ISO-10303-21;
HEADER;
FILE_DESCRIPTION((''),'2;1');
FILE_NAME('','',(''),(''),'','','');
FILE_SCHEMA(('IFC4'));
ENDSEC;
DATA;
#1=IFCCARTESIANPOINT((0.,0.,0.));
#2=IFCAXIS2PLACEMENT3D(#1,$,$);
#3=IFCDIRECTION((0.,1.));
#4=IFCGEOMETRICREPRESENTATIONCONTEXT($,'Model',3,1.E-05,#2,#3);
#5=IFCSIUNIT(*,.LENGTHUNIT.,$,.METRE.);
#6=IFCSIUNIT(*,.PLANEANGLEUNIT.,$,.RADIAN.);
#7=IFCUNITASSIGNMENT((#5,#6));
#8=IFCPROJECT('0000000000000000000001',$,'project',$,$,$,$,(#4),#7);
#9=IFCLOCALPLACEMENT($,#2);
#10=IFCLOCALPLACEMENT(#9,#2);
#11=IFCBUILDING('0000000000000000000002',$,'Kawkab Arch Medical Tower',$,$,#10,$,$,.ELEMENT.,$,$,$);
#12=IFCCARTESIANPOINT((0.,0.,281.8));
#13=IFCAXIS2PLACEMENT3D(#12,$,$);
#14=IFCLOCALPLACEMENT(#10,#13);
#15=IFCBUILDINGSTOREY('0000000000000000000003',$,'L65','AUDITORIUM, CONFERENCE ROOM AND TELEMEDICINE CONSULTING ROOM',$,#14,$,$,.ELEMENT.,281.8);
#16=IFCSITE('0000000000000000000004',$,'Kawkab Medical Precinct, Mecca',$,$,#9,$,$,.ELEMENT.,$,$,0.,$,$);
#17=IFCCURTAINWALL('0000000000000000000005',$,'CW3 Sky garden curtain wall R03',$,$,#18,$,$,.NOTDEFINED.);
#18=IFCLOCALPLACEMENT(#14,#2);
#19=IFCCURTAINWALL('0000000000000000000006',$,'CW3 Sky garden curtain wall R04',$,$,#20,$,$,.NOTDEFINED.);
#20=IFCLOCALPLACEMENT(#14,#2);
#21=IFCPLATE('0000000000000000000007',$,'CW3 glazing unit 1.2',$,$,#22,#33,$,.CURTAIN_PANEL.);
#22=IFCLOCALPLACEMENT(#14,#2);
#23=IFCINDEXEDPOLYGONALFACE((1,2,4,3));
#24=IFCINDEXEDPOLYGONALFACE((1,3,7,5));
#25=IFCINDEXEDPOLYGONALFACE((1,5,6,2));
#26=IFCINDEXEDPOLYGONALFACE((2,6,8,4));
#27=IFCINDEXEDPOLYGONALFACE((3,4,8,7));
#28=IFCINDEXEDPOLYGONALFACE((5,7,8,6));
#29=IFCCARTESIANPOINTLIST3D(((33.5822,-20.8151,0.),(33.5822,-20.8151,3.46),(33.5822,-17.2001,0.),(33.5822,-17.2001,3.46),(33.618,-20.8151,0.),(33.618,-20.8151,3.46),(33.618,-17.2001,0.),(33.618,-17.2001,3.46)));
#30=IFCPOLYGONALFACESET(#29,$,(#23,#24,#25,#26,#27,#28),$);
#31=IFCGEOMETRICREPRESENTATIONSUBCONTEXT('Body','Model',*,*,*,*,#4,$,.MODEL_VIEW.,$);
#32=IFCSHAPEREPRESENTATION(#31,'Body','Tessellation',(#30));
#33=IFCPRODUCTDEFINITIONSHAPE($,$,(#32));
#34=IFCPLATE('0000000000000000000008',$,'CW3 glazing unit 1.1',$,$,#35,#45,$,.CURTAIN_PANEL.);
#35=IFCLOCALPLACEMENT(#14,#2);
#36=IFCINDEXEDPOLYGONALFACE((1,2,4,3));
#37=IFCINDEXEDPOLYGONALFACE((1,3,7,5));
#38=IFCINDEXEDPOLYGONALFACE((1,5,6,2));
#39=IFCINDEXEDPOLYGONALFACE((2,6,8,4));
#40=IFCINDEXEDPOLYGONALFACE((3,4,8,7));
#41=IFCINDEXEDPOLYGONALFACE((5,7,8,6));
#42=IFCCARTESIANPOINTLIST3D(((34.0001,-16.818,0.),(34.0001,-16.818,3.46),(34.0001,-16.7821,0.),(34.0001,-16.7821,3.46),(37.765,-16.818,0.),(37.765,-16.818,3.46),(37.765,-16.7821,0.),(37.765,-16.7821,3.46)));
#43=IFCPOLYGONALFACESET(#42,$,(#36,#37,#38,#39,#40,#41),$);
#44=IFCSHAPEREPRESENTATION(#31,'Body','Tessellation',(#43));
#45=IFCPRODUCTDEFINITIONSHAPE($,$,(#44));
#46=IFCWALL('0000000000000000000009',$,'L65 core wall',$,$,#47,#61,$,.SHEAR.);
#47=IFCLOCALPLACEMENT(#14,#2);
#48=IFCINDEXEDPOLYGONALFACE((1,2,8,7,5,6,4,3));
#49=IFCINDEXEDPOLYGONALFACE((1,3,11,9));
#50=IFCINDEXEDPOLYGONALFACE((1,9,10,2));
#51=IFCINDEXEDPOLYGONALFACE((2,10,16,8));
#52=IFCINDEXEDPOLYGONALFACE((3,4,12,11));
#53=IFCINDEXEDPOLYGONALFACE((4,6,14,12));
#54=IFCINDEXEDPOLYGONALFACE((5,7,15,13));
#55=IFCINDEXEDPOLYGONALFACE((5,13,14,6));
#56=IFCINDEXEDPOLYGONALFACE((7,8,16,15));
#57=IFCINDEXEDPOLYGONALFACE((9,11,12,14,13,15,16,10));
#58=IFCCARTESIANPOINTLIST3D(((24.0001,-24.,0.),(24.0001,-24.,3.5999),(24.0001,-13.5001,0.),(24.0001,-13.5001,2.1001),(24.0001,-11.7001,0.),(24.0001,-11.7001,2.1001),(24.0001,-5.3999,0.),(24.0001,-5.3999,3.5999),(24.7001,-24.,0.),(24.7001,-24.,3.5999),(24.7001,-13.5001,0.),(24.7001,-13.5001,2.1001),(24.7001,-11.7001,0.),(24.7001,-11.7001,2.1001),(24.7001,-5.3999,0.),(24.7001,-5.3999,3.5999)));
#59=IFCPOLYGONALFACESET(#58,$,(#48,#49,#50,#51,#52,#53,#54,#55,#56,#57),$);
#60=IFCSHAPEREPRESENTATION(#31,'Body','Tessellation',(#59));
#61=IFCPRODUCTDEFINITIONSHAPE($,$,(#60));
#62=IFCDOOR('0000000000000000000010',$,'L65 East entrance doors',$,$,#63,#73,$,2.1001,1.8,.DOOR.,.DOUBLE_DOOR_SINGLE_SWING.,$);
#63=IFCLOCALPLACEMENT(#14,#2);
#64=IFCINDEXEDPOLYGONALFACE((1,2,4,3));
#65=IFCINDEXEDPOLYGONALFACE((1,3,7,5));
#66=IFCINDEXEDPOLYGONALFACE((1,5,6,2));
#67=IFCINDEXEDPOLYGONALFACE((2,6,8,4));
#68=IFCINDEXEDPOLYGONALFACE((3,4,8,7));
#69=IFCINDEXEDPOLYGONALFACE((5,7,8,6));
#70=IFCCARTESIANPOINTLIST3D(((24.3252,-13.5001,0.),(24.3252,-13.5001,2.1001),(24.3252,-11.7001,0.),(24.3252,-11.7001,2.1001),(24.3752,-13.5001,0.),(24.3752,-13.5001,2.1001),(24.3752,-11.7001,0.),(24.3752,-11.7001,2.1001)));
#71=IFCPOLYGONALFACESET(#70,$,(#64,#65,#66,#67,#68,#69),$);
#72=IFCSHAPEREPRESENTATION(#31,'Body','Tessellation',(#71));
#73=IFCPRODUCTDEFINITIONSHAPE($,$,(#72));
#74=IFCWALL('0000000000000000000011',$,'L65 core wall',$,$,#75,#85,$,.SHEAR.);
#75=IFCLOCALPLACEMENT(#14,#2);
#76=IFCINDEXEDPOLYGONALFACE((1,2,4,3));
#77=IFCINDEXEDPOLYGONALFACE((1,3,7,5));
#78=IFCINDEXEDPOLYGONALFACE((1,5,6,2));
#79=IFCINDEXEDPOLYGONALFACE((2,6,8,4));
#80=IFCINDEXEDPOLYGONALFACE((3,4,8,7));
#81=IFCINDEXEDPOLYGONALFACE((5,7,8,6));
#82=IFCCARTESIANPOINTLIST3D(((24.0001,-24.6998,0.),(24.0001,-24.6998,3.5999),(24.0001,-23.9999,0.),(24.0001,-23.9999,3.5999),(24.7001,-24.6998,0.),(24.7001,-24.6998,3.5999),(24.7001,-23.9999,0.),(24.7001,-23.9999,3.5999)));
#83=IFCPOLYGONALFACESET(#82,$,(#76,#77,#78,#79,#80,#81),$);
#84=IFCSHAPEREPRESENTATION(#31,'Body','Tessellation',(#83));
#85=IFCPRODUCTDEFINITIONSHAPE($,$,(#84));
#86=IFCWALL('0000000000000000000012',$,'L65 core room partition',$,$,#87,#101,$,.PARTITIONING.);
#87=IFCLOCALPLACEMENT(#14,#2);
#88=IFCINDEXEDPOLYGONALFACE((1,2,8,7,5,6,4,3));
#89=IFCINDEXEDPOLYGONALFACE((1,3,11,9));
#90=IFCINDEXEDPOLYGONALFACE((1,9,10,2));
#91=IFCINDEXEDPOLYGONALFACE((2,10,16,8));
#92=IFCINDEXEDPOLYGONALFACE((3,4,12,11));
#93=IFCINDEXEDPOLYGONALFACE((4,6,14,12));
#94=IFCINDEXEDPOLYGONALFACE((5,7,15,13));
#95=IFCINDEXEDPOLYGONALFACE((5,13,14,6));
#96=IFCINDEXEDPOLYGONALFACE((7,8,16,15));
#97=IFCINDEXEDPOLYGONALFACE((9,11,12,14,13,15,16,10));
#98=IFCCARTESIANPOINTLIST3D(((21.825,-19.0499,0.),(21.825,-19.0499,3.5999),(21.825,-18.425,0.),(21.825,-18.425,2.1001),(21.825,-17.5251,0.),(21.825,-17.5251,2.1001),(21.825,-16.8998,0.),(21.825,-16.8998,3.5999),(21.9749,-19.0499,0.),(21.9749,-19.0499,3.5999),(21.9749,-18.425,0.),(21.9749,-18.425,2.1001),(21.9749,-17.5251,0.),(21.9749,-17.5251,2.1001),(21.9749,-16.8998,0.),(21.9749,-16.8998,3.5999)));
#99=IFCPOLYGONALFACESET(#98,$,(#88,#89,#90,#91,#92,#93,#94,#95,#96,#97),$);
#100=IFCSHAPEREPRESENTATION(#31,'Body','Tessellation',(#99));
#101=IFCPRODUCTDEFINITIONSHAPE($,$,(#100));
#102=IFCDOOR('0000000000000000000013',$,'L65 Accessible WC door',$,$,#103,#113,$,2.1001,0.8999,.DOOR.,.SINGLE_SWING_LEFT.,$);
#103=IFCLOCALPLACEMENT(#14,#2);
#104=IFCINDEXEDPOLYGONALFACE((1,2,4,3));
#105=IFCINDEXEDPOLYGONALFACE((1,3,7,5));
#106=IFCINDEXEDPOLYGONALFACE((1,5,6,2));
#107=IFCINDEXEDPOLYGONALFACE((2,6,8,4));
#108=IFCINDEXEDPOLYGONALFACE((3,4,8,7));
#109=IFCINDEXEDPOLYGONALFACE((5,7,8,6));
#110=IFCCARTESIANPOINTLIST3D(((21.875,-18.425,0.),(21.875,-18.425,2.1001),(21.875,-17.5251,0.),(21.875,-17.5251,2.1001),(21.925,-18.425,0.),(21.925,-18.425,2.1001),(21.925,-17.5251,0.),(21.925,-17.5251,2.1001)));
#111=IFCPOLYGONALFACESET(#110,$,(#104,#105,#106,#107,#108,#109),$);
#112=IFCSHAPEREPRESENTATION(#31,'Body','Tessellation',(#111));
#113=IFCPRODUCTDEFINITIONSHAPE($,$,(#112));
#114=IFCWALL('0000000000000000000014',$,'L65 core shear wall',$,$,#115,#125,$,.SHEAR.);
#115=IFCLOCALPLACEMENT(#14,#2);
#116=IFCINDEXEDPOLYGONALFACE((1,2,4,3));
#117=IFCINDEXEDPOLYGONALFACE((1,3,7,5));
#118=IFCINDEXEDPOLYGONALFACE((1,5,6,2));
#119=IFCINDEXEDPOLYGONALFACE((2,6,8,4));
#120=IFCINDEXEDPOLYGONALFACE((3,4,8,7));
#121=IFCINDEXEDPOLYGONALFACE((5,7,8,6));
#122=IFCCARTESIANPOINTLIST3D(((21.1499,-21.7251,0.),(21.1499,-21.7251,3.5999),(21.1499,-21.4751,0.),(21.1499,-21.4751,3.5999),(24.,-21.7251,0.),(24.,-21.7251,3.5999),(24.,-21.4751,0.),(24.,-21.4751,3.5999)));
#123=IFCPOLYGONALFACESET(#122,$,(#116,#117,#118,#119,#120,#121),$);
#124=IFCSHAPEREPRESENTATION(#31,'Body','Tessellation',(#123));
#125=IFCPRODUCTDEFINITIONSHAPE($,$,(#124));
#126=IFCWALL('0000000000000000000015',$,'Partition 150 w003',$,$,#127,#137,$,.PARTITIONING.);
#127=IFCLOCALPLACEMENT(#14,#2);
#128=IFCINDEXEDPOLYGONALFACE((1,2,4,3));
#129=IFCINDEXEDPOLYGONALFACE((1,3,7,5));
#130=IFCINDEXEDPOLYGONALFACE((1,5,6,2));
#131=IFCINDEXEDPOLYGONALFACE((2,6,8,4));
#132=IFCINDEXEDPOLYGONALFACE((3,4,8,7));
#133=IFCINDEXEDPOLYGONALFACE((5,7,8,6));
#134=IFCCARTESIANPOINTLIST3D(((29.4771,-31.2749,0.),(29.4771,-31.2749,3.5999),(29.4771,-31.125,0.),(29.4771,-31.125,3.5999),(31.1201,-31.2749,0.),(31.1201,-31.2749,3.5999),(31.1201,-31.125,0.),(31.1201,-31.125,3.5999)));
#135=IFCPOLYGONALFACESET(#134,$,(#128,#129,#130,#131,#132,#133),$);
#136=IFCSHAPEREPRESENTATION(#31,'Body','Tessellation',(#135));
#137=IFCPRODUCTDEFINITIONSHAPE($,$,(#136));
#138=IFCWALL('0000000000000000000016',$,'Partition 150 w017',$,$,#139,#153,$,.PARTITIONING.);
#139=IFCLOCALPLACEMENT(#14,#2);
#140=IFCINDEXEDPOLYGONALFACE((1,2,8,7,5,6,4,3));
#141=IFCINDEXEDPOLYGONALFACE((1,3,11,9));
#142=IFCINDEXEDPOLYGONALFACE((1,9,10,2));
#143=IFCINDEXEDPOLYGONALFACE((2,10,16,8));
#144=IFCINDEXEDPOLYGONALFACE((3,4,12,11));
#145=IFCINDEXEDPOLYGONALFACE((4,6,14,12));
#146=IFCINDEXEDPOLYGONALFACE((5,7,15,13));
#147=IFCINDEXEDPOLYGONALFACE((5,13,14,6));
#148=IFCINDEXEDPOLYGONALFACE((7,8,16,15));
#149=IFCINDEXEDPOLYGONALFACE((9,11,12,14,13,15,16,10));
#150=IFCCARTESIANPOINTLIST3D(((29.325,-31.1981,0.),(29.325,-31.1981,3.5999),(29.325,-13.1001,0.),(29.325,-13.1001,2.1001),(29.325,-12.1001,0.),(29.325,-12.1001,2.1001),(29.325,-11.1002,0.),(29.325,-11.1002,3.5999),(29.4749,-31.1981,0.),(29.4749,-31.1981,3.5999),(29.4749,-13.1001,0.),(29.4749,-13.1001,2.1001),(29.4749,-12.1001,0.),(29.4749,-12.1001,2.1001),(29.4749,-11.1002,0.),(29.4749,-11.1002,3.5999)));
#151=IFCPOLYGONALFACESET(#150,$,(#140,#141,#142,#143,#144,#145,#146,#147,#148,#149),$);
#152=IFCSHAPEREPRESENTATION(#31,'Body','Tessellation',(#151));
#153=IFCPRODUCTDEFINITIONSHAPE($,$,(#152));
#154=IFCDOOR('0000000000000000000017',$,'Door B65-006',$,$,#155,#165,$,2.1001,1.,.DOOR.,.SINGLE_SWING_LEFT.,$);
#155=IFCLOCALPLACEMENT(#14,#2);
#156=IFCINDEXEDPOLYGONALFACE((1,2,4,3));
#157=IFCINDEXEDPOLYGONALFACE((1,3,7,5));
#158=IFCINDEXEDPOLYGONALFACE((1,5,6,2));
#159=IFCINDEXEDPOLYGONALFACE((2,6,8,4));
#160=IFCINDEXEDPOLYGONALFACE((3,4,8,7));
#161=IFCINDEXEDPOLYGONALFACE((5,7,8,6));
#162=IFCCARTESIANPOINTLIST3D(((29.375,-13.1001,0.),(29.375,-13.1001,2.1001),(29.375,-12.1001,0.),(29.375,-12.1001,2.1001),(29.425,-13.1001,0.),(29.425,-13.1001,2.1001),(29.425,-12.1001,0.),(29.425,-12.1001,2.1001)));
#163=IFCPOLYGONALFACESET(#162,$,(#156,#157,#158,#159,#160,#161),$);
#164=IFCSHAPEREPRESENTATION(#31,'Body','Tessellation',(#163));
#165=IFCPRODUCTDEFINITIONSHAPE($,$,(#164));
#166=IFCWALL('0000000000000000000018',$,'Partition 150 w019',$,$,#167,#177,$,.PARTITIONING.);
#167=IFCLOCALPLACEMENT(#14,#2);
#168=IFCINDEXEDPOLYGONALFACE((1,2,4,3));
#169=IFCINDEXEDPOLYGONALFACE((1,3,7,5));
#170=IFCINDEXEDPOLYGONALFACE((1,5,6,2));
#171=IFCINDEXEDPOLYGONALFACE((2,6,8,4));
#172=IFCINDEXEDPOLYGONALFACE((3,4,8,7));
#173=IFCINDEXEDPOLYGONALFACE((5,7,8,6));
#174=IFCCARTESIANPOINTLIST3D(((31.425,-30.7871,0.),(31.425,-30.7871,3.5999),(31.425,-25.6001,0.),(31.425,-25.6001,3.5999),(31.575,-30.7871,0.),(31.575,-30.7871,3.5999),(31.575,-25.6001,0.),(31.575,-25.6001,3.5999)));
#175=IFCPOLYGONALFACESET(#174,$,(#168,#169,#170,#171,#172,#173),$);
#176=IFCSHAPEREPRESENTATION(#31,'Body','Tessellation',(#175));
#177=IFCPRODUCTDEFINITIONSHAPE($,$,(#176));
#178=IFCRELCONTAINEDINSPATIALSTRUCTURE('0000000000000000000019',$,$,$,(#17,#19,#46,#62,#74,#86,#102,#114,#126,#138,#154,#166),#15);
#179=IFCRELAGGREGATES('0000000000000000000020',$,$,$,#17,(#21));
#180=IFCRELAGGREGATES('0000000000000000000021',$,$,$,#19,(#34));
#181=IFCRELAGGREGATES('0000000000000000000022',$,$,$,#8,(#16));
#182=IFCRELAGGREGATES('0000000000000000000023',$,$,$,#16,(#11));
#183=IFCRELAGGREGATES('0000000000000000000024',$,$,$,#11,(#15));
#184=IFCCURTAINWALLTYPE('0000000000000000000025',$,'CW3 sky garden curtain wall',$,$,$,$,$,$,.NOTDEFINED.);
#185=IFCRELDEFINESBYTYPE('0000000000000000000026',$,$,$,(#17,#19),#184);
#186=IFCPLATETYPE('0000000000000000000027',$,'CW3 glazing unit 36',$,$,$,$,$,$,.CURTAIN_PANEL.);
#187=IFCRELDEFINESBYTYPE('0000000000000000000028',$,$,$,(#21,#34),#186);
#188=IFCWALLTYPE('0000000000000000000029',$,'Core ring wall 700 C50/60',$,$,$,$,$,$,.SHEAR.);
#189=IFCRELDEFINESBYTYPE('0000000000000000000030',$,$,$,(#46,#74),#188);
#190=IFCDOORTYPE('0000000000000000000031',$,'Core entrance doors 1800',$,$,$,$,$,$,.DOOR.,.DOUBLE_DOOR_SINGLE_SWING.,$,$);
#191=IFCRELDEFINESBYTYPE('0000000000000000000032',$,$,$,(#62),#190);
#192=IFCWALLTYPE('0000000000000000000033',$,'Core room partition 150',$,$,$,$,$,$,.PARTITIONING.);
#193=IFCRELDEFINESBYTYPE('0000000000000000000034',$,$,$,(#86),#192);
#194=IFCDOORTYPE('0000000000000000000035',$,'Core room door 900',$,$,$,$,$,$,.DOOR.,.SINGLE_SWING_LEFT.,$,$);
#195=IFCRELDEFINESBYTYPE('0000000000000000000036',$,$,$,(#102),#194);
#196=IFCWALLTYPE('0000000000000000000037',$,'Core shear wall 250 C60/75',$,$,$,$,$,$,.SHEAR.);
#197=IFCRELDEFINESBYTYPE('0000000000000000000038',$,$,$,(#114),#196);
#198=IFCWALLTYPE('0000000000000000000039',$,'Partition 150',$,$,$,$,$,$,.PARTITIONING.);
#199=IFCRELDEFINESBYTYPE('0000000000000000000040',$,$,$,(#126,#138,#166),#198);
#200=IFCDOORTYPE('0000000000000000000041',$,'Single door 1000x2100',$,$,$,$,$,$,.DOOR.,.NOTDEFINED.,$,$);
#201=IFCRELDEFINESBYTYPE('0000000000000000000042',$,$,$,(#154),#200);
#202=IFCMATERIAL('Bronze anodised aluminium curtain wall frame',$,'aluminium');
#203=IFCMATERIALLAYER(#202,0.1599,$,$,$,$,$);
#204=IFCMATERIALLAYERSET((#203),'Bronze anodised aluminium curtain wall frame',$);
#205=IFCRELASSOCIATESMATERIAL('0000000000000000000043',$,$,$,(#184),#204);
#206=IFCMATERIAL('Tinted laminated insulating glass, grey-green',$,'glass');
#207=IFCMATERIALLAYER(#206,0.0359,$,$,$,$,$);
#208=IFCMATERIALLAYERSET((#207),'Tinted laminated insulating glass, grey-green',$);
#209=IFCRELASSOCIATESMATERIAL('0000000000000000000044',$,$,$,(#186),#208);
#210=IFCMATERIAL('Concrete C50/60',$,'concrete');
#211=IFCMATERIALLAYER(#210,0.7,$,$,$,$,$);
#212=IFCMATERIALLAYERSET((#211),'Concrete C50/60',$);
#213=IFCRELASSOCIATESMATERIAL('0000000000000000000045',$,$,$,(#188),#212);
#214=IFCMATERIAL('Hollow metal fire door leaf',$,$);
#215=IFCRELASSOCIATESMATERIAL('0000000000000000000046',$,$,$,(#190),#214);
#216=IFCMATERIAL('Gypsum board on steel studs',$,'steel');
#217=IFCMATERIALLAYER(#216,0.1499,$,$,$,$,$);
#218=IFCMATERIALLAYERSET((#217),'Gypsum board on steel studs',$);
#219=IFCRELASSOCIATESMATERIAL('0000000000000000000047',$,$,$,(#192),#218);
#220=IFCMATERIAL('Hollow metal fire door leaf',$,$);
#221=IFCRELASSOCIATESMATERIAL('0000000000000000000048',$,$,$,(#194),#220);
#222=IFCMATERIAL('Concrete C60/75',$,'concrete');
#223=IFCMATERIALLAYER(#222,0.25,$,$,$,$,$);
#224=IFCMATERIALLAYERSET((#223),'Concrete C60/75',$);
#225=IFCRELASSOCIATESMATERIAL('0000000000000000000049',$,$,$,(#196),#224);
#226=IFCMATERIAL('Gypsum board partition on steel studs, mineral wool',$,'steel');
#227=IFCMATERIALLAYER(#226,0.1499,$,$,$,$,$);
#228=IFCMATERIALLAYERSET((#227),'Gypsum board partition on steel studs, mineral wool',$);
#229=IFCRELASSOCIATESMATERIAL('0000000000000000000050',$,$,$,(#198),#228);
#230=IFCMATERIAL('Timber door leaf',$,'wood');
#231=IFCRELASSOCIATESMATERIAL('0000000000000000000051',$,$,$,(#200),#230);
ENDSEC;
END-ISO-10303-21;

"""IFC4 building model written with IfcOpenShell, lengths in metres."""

from ifc_helpers import new_model, si_unit, direction, frame, frame_2d, origin, origin_2d, place, context, subcontext, project, spatial, rectangle, extrude, material, layer, layer_set, type_object, element, fill, aggregate, save


model = new_model("IFC4")

# Units and contexts
model_context = context("Model", 3, precision=1e-05, world=origin(), true_north=direction((0.0, 1.0)))
body_context = subcontext(model_context, "Body", "Model", "MODEL_VIEW")
ifc_project = project(units=[si_unit("LENGTHUNIT", "METRE"), si_unit("PLANEANGLEUNIT", "RADIAN")], contexts=[model_context])

# Site, building, storey
site_placement = place(None, origin())
site = spatial("IfcSite", under=ifc_project, at=site_placement, Name="Kawkab Medical Precinct, Mecca", CompositionType="ELEMENT", RefElevation=0.0)
building_placement = place(site_placement, origin())
building = spatial("IfcBuilding", under=site, at=building_placement, Name="Kawkab Arch Medical Tower", CompositionType="ELEMENT")
storey_placement = place(building_placement, frame((0.0, 0.0, 281.8)))
storey = spatial("IfcBuildingStorey", under=building, at=storey_placement, Name="L65", Description="AUDITORIUM, CONFERENCE ROOM AND TELEMEDICINE CONSULTING ROOM", CompositionType="ELEMENT", Elevation=281.8)

# Curtain wall
placement = place(storey_placement, origin())
ifc_material_1 = material(Name="Bronze anodised aluminium curtain wall frame", Category="aluminium")
ifc_layer_1 = layer(ifc_material_1, 0.1599)
ifc_layer_set_1 = layer_set([ifc_layer_1], Name="Bronze anodised aluminium curtain wall frame")
curtain_wall_type_1 = type_object("IfcCurtainWallType", Name="CW3 sky garden curtain wall", PredefinedType="NOTDEFINED", material=ifc_layer_set_1)
curtain_wall_1 = element("IfcCurtainWall", 1, at=placement, inside=storey, type_object=curtain_wall_type_1, Name="CW3 Sky garden curtain wall R03", PredefinedType="NOTDEFINED")

# Curtain wall
curtain_wall_2 = element("IfcCurtainWall", 2, at=placement, inside=storey, type_object=curtain_wall_type_1, Name="CW3 Sky garden curtain wall R04", PredefinedType="NOTDEFINED")

# Shared definitions
ifc_material_2 = material(Name="Tinted laminated insulating glass, grey-green", Category="glass")
ifc_layer_2 = layer(ifc_material_2, 0.0359)
ifc_layer_set_2 = layer_set([ifc_layer_2], Name="Tinted laminated insulating glass, grey-green")
plate_type_1 = type_object("IfcPlateType", Name="CW3 glazing unit 36", PredefinedType="CURTAIN_PANEL", material=ifc_layer_set_2)

# Plates
plate_1_placement = place(storey_placement, frame((33.6001, -19.0076, 0.0), z_axis=(0.0, 0.0, 1.0), x_axis=(0.0, 1.0, 0.0)))
plate_1 = element("IfcPlate", 3, at=plate_1_placement, type_object=plate_type_1, Name="CW3 glazing unit 1.2", PredefinedType="CURTAIN_PANEL", context=body_context, shape_type="SweptSolid", body=[
    extrude(rectangle(XDim=3.615, YDim=0.0359, at=origin_2d()), origin(), (0.0, 0.0, 1.0), 3.46),
])
aggregate(curtain_wall_1, [plate_1])
plate_2_placement = place(storey_placement, frame((35.8826, -16.8, 0.0), z_axis=(0.0, 0.0, 1.0), x_axis=(1.0, 0.0, 0.0)))
plate_2 = element("IfcPlate", 4, at=plate_2_placement, type_object=plate_type_1, Name="CW3 glazing unit 1.1", PredefinedType="CURTAIN_PANEL", context=body_context, shape_type="SweptSolid", body=[
    extrude(rectangle(XDim=3.7649, YDim=0.0359, at=origin_2d()), origin(), (0.0, 0.0, 1.0), 3.46),
])
aggregate(curtain_wall_2, [plate_2])

# Wall, opening, door
ifc_material_3 = material(Name="Concrete C50/60", Category="concrete")
ifc_layer_3 = layer(ifc_material_3, 0.7)
ifc_layer_set_3 = layer_set([ifc_layer_3], Name="Concrete C50/60")
wall_type_1 = type_object("IfcWallType", Name="Core ring wall 700 C50/60", PredefinedType="SHEAR", material=ifc_layer_set_3)
wall_1_placement = place(storey_placement, frame((24.3501, -24.0, 0.0), z_axis=(0.0, 0.0, 1.0), x_axis=(0.0, 1.0, 0.0)))
wall_1 = element("IfcWall", 5, at=wall_1_placement, inside=storey, type_object=wall_type_1, Name="L65 core wall", PredefinedType="SHEAR", context=body_context, shape_type="SweptSolid", body=[
    extrude(rectangle(XDim=18.6001, YDim=0.7, at=frame_2d((9.3, 0.0))), origin(), (0.0, 0.0, 1.0), 3.5999),
])
opening_1_placement = place(wall_1_placement, frame((10.5, 0.0, 0.0)))
opening_1 = element("IfcOpeningElement", 6, at=opening_1_placement, cuts=wall_1, PredefinedType="OPENING", context=body_context, shape_type="SweptSolid", body=[
    extrude(rectangle(XDim=1.8, YDim=2.1001, at=frame_2d((0.8999, 1.05))), frame((0.0, 0.3599, 0.0), z_axis=(0.0, -1.0, 0.0), x_axis=(1.0, 0.0, 0.0)), (0.0, 0.0, 1.0), 0.72),
])
ifc_material_4 = material(Name="Hollow metal fire door leaf")
door_type_1 = type_object("IfcDoorType", Name="Core entrance doors 1800", OperationType="DOUBLE_DOOR_SINGLE_SWING", PredefinedType="DOOR", material=ifc_material_4)
door_1_placement = place(opening_1_placement, origin())
door_1 = element("IfcDoor", 7, at=door_1_placement, inside=storey, type_object=door_type_1, Name="L65 East entrance doors", OperationType="DOUBLE_DOOR_SINGLE_SWING", OverallHeight=2.1001, OverallWidth=1.8, PredefinedType="DOOR", context=body_context, shape_type="SweptSolid", body=[
    extrude(rectangle(XDim=1.8, YDim=2.1001, at=frame_2d((0.8999, 1.05))), frame((0.0, 0.0249, 0.0), z_axis=(0.0, -1.0, 0.0), x_axis=(1.0, 0.0, 0.0)), (0.0, 0.0, 1.0), 0.05),
])
fill(opening_1, door_1)

# Wall
wall_2_placement = place(storey_placement, frame((24.3501, -24.7, 0.0), z_axis=(0.0, 0.0, 1.0), x_axis=(0.0, 1.0, 0.0)))
element("IfcWall", 8, at=wall_2_placement, inside=storey, type_object=wall_type_1, Name="L65 core wall", PredefinedType="SHEAR", context=body_context, shape_type="SweptSolid", body=[
    extrude(rectangle(XDim=0.7, YDim=0.7, at=frame_2d((0.3501, 0.0))), origin(), (0.0, 0.0, 1.0), 3.5999),
])

# Wall, opening, door
ifc_material_5 = material(Name="Gypsum board on steel studs", Category="steel")
ifc_layer_4 = layer(ifc_material_5, 0.1499)
ifc_layer_set_4 = layer_set([ifc_layer_4], Name="Gypsum board on steel studs")
wall_type_2 = type_object("IfcWallType", Name="Core room partition 150", PredefinedType="PARTITIONING", material=ifc_layer_set_4)
wall_3_placement = place(storey_placement, frame((21.8999, -19.05, 0.0), z_axis=(0.0, 0.0, 1.0), x_axis=(0.0, 1.0, 0.0)))
wall_3 = element("IfcWall", 9, at=wall_3_placement, inside=storey, type_object=wall_type_2, Name="L65 core room partition", PredefinedType="PARTITIONING", context=body_context, shape_type="SweptSolid", body=[
    extrude(rectangle(XDim=2.1501, YDim=0.1499, at=frame_2d((1.0752, 0.0))), origin(), (0.0, 0.0, 1.0), 3.5999),
])
opening_2_placement = place(wall_3_placement, frame((0.625, 0.0, 0.0)))
opening_2 = element("IfcOpeningElement", 10, at=opening_2_placement, cuts=wall_3, PredefinedType="OPENING", context=body_context, shape_type="SweptSolid", body=[
    extrude(rectangle(XDim=0.8999, YDim=2.1001, at=frame_2d((0.45, 1.05))), frame((0.0, 0.085, 0.0), z_axis=(0.0, -1.0, 0.0), x_axis=(1.0, 0.0, 0.0)), (0.0, 0.0, 1.0), 0.1699),
])
ifc_material_6 = material(Name="Hollow metal fire door leaf")
door_type_2 = type_object("IfcDoorType", Name="Core room door 900", OperationType="SINGLE_SWING_LEFT", PredefinedType="DOOR", material=ifc_material_6)
door_2_placement = place(opening_2_placement, origin())
door_2 = element("IfcDoor", 11, at=door_2_placement, inside=storey, type_object=door_type_2, Name="L65 Accessible WC door", OperationType="SINGLE_SWING_LEFT", OverallHeight=2.1001, OverallWidth=0.8999, PredefinedType="DOOR", context=body_context, shape_type="SweptSolid", body=[
    extrude(rectangle(XDim=0.8999, YDim=2.1001, at=frame_2d((0.45, 1.05))), frame((0.0, 0.0249, 0.0), z_axis=(0.0, -1.0, 0.0), x_axis=(1.0, 0.0, 0.0)), (0.0, 0.0, 1.0), 0.05),
])
fill(opening_2, door_2)

# Walls
ifc_material_7 = material(Name="Concrete C60/75", Category="concrete")
ifc_layer_5 = layer(ifc_material_7, 0.25)
ifc_layer_set_5 = layer_set([ifc_layer_5], Name="Concrete C60/75")
wall_type_3 = type_object("IfcWallType", Name="Core shear wall 250 C60/75", PredefinedType="SHEAR", material=ifc_layer_set_5)
wall_4_placement = place(storey_placement, frame((21.1499, -21.6001, 0.0), z_axis=(0.0, 0.0, 1.0), x_axis=(1.0, 0.0, 0.0)))
element("IfcWall", 12, at=wall_4_placement, inside=storey, type_object=wall_type_3, Name="L65 core shear wall", PredefinedType="SHEAR", context=body_context, shape_type="SweptSolid", body=[
    extrude(rectangle(XDim=2.8501, YDim=0.25, at=frame_2d((1.425, 0.0))), origin(), (0.0, 0.0, 1.0), 3.5999),
])
ifc_material_8 = material(Name="Gypsum board partition on steel studs, mineral wool", Category="steel")
ifc_layer_6 = layer(ifc_material_8, 0.1499)
ifc_layer_set_6 = layer_set([ifc_layer_6], Name="Gypsum board partition on steel studs, mineral wool")
wall_type_4 = type_object("IfcWallType", Name="Partition 150", PredefinedType="PARTITIONING", material=ifc_layer_set_6)
wall_5_placement = place(storey_placement, frame((29.4771, -31.2, 0.0), z_axis=(0.0, 0.0, 1.0), x_axis=(1.0, 0.0, 0.0)))
element("IfcWall", 13, at=wall_5_placement, inside=storey, type_object=wall_type_4, Name="Partition 150 w003", PredefinedType="PARTITIONING", context=body_context, shape_type="SweptSolid", body=[
    extrude(rectangle(XDim=1.6431, YDim=0.1499, at=frame_2d((0.8215, 0.0))), origin(), (0.0, 0.0, 1.0), 3.5999),
])

# Wall, opening, door
wall_6_placement = place(storey_placement, frame((29.3999, -31.198, 0.0), z_axis=(0.0, 0.0, 1.0), x_axis=(0.0, 1.0, 0.0)))
wall_6 = element("IfcWall", 14, at=wall_6_placement, inside=storey, type_object=wall_type_4, Name="Partition 150 w017", PredefinedType="PARTITIONING", context=body_context, shape_type="SweptSolid", body=[
    extrude(rectangle(XDim=20.0979, YDim=0.1499, at=frame_2d((10.0488, 0.0))), origin(), (0.0, 0.0, 1.0), 3.5999),
])
opening_3_placement = place(wall_6_placement, frame((18.0979, 0.0, 0.0)))
opening_3 = element("IfcOpeningElement", 15, at=opening_3_placement, cuts=wall_6, PredefinedType="OPENING", context=body_context, shape_type="SweptSolid", body=[
    extrude(rectangle(XDim=1.0, YDim=2.1001, at=frame_2d((0.5, 1.05))), frame((0.0, 0.085, 0.0), z_axis=(0.0, -1.0, 0.0), x_axis=(1.0, 0.0, 0.0)), (0.0, 0.0, 1.0), 0.1699),
])
ifc_material_9 = material(Name="Timber door leaf", Category="wood")
door_type_3 = type_object("IfcDoorType", Name="Single door 1000x2100", OperationType="NOTDEFINED", PredefinedType="DOOR", material=ifc_material_9)
door_3_placement = place(opening_3_placement, origin())
door_3 = element("IfcDoor", 16, at=door_3_placement, inside=storey, type_object=door_type_3, Name="Door B65-006", OperationType="SINGLE_SWING_LEFT", OverallHeight=2.1001, OverallWidth=1.0, PredefinedType="DOOR", context=body_context, shape_type="SweptSolid", body=[
    extrude(rectangle(XDim=1.0, YDim=2.1001, at=frame_2d((0.5, 1.05))), frame((0.0, 0.0249, 0.0), z_axis=(0.0, -1.0, 0.0), x_axis=(1.0, 0.0, 0.0)), (0.0, 0.0, 1.0), 0.05),
])
fill(opening_3, door_3)

# Wall
wall_7_placement = place(storey_placement, frame((31.5, -30.7871, 0.0), z_axis=(0.0, 0.0, 1.0), x_axis=(0.0, 1.0, 0.0)))
element("IfcWall", 17, at=wall_7_placement, inside=storey, type_object=wall_type_4, Name="Partition 150 w019", PredefinedType="PARTITIONING", context=body_context, shape_type="SweptSolid", body=[
    extrude(rectangle(XDim=5.187, YDim=0.1499, at=frame_2d((2.5935, 0.0))), origin(), (0.0, 0.0, 1.0), 3.5999),
])

save(model, "model.ifc")
